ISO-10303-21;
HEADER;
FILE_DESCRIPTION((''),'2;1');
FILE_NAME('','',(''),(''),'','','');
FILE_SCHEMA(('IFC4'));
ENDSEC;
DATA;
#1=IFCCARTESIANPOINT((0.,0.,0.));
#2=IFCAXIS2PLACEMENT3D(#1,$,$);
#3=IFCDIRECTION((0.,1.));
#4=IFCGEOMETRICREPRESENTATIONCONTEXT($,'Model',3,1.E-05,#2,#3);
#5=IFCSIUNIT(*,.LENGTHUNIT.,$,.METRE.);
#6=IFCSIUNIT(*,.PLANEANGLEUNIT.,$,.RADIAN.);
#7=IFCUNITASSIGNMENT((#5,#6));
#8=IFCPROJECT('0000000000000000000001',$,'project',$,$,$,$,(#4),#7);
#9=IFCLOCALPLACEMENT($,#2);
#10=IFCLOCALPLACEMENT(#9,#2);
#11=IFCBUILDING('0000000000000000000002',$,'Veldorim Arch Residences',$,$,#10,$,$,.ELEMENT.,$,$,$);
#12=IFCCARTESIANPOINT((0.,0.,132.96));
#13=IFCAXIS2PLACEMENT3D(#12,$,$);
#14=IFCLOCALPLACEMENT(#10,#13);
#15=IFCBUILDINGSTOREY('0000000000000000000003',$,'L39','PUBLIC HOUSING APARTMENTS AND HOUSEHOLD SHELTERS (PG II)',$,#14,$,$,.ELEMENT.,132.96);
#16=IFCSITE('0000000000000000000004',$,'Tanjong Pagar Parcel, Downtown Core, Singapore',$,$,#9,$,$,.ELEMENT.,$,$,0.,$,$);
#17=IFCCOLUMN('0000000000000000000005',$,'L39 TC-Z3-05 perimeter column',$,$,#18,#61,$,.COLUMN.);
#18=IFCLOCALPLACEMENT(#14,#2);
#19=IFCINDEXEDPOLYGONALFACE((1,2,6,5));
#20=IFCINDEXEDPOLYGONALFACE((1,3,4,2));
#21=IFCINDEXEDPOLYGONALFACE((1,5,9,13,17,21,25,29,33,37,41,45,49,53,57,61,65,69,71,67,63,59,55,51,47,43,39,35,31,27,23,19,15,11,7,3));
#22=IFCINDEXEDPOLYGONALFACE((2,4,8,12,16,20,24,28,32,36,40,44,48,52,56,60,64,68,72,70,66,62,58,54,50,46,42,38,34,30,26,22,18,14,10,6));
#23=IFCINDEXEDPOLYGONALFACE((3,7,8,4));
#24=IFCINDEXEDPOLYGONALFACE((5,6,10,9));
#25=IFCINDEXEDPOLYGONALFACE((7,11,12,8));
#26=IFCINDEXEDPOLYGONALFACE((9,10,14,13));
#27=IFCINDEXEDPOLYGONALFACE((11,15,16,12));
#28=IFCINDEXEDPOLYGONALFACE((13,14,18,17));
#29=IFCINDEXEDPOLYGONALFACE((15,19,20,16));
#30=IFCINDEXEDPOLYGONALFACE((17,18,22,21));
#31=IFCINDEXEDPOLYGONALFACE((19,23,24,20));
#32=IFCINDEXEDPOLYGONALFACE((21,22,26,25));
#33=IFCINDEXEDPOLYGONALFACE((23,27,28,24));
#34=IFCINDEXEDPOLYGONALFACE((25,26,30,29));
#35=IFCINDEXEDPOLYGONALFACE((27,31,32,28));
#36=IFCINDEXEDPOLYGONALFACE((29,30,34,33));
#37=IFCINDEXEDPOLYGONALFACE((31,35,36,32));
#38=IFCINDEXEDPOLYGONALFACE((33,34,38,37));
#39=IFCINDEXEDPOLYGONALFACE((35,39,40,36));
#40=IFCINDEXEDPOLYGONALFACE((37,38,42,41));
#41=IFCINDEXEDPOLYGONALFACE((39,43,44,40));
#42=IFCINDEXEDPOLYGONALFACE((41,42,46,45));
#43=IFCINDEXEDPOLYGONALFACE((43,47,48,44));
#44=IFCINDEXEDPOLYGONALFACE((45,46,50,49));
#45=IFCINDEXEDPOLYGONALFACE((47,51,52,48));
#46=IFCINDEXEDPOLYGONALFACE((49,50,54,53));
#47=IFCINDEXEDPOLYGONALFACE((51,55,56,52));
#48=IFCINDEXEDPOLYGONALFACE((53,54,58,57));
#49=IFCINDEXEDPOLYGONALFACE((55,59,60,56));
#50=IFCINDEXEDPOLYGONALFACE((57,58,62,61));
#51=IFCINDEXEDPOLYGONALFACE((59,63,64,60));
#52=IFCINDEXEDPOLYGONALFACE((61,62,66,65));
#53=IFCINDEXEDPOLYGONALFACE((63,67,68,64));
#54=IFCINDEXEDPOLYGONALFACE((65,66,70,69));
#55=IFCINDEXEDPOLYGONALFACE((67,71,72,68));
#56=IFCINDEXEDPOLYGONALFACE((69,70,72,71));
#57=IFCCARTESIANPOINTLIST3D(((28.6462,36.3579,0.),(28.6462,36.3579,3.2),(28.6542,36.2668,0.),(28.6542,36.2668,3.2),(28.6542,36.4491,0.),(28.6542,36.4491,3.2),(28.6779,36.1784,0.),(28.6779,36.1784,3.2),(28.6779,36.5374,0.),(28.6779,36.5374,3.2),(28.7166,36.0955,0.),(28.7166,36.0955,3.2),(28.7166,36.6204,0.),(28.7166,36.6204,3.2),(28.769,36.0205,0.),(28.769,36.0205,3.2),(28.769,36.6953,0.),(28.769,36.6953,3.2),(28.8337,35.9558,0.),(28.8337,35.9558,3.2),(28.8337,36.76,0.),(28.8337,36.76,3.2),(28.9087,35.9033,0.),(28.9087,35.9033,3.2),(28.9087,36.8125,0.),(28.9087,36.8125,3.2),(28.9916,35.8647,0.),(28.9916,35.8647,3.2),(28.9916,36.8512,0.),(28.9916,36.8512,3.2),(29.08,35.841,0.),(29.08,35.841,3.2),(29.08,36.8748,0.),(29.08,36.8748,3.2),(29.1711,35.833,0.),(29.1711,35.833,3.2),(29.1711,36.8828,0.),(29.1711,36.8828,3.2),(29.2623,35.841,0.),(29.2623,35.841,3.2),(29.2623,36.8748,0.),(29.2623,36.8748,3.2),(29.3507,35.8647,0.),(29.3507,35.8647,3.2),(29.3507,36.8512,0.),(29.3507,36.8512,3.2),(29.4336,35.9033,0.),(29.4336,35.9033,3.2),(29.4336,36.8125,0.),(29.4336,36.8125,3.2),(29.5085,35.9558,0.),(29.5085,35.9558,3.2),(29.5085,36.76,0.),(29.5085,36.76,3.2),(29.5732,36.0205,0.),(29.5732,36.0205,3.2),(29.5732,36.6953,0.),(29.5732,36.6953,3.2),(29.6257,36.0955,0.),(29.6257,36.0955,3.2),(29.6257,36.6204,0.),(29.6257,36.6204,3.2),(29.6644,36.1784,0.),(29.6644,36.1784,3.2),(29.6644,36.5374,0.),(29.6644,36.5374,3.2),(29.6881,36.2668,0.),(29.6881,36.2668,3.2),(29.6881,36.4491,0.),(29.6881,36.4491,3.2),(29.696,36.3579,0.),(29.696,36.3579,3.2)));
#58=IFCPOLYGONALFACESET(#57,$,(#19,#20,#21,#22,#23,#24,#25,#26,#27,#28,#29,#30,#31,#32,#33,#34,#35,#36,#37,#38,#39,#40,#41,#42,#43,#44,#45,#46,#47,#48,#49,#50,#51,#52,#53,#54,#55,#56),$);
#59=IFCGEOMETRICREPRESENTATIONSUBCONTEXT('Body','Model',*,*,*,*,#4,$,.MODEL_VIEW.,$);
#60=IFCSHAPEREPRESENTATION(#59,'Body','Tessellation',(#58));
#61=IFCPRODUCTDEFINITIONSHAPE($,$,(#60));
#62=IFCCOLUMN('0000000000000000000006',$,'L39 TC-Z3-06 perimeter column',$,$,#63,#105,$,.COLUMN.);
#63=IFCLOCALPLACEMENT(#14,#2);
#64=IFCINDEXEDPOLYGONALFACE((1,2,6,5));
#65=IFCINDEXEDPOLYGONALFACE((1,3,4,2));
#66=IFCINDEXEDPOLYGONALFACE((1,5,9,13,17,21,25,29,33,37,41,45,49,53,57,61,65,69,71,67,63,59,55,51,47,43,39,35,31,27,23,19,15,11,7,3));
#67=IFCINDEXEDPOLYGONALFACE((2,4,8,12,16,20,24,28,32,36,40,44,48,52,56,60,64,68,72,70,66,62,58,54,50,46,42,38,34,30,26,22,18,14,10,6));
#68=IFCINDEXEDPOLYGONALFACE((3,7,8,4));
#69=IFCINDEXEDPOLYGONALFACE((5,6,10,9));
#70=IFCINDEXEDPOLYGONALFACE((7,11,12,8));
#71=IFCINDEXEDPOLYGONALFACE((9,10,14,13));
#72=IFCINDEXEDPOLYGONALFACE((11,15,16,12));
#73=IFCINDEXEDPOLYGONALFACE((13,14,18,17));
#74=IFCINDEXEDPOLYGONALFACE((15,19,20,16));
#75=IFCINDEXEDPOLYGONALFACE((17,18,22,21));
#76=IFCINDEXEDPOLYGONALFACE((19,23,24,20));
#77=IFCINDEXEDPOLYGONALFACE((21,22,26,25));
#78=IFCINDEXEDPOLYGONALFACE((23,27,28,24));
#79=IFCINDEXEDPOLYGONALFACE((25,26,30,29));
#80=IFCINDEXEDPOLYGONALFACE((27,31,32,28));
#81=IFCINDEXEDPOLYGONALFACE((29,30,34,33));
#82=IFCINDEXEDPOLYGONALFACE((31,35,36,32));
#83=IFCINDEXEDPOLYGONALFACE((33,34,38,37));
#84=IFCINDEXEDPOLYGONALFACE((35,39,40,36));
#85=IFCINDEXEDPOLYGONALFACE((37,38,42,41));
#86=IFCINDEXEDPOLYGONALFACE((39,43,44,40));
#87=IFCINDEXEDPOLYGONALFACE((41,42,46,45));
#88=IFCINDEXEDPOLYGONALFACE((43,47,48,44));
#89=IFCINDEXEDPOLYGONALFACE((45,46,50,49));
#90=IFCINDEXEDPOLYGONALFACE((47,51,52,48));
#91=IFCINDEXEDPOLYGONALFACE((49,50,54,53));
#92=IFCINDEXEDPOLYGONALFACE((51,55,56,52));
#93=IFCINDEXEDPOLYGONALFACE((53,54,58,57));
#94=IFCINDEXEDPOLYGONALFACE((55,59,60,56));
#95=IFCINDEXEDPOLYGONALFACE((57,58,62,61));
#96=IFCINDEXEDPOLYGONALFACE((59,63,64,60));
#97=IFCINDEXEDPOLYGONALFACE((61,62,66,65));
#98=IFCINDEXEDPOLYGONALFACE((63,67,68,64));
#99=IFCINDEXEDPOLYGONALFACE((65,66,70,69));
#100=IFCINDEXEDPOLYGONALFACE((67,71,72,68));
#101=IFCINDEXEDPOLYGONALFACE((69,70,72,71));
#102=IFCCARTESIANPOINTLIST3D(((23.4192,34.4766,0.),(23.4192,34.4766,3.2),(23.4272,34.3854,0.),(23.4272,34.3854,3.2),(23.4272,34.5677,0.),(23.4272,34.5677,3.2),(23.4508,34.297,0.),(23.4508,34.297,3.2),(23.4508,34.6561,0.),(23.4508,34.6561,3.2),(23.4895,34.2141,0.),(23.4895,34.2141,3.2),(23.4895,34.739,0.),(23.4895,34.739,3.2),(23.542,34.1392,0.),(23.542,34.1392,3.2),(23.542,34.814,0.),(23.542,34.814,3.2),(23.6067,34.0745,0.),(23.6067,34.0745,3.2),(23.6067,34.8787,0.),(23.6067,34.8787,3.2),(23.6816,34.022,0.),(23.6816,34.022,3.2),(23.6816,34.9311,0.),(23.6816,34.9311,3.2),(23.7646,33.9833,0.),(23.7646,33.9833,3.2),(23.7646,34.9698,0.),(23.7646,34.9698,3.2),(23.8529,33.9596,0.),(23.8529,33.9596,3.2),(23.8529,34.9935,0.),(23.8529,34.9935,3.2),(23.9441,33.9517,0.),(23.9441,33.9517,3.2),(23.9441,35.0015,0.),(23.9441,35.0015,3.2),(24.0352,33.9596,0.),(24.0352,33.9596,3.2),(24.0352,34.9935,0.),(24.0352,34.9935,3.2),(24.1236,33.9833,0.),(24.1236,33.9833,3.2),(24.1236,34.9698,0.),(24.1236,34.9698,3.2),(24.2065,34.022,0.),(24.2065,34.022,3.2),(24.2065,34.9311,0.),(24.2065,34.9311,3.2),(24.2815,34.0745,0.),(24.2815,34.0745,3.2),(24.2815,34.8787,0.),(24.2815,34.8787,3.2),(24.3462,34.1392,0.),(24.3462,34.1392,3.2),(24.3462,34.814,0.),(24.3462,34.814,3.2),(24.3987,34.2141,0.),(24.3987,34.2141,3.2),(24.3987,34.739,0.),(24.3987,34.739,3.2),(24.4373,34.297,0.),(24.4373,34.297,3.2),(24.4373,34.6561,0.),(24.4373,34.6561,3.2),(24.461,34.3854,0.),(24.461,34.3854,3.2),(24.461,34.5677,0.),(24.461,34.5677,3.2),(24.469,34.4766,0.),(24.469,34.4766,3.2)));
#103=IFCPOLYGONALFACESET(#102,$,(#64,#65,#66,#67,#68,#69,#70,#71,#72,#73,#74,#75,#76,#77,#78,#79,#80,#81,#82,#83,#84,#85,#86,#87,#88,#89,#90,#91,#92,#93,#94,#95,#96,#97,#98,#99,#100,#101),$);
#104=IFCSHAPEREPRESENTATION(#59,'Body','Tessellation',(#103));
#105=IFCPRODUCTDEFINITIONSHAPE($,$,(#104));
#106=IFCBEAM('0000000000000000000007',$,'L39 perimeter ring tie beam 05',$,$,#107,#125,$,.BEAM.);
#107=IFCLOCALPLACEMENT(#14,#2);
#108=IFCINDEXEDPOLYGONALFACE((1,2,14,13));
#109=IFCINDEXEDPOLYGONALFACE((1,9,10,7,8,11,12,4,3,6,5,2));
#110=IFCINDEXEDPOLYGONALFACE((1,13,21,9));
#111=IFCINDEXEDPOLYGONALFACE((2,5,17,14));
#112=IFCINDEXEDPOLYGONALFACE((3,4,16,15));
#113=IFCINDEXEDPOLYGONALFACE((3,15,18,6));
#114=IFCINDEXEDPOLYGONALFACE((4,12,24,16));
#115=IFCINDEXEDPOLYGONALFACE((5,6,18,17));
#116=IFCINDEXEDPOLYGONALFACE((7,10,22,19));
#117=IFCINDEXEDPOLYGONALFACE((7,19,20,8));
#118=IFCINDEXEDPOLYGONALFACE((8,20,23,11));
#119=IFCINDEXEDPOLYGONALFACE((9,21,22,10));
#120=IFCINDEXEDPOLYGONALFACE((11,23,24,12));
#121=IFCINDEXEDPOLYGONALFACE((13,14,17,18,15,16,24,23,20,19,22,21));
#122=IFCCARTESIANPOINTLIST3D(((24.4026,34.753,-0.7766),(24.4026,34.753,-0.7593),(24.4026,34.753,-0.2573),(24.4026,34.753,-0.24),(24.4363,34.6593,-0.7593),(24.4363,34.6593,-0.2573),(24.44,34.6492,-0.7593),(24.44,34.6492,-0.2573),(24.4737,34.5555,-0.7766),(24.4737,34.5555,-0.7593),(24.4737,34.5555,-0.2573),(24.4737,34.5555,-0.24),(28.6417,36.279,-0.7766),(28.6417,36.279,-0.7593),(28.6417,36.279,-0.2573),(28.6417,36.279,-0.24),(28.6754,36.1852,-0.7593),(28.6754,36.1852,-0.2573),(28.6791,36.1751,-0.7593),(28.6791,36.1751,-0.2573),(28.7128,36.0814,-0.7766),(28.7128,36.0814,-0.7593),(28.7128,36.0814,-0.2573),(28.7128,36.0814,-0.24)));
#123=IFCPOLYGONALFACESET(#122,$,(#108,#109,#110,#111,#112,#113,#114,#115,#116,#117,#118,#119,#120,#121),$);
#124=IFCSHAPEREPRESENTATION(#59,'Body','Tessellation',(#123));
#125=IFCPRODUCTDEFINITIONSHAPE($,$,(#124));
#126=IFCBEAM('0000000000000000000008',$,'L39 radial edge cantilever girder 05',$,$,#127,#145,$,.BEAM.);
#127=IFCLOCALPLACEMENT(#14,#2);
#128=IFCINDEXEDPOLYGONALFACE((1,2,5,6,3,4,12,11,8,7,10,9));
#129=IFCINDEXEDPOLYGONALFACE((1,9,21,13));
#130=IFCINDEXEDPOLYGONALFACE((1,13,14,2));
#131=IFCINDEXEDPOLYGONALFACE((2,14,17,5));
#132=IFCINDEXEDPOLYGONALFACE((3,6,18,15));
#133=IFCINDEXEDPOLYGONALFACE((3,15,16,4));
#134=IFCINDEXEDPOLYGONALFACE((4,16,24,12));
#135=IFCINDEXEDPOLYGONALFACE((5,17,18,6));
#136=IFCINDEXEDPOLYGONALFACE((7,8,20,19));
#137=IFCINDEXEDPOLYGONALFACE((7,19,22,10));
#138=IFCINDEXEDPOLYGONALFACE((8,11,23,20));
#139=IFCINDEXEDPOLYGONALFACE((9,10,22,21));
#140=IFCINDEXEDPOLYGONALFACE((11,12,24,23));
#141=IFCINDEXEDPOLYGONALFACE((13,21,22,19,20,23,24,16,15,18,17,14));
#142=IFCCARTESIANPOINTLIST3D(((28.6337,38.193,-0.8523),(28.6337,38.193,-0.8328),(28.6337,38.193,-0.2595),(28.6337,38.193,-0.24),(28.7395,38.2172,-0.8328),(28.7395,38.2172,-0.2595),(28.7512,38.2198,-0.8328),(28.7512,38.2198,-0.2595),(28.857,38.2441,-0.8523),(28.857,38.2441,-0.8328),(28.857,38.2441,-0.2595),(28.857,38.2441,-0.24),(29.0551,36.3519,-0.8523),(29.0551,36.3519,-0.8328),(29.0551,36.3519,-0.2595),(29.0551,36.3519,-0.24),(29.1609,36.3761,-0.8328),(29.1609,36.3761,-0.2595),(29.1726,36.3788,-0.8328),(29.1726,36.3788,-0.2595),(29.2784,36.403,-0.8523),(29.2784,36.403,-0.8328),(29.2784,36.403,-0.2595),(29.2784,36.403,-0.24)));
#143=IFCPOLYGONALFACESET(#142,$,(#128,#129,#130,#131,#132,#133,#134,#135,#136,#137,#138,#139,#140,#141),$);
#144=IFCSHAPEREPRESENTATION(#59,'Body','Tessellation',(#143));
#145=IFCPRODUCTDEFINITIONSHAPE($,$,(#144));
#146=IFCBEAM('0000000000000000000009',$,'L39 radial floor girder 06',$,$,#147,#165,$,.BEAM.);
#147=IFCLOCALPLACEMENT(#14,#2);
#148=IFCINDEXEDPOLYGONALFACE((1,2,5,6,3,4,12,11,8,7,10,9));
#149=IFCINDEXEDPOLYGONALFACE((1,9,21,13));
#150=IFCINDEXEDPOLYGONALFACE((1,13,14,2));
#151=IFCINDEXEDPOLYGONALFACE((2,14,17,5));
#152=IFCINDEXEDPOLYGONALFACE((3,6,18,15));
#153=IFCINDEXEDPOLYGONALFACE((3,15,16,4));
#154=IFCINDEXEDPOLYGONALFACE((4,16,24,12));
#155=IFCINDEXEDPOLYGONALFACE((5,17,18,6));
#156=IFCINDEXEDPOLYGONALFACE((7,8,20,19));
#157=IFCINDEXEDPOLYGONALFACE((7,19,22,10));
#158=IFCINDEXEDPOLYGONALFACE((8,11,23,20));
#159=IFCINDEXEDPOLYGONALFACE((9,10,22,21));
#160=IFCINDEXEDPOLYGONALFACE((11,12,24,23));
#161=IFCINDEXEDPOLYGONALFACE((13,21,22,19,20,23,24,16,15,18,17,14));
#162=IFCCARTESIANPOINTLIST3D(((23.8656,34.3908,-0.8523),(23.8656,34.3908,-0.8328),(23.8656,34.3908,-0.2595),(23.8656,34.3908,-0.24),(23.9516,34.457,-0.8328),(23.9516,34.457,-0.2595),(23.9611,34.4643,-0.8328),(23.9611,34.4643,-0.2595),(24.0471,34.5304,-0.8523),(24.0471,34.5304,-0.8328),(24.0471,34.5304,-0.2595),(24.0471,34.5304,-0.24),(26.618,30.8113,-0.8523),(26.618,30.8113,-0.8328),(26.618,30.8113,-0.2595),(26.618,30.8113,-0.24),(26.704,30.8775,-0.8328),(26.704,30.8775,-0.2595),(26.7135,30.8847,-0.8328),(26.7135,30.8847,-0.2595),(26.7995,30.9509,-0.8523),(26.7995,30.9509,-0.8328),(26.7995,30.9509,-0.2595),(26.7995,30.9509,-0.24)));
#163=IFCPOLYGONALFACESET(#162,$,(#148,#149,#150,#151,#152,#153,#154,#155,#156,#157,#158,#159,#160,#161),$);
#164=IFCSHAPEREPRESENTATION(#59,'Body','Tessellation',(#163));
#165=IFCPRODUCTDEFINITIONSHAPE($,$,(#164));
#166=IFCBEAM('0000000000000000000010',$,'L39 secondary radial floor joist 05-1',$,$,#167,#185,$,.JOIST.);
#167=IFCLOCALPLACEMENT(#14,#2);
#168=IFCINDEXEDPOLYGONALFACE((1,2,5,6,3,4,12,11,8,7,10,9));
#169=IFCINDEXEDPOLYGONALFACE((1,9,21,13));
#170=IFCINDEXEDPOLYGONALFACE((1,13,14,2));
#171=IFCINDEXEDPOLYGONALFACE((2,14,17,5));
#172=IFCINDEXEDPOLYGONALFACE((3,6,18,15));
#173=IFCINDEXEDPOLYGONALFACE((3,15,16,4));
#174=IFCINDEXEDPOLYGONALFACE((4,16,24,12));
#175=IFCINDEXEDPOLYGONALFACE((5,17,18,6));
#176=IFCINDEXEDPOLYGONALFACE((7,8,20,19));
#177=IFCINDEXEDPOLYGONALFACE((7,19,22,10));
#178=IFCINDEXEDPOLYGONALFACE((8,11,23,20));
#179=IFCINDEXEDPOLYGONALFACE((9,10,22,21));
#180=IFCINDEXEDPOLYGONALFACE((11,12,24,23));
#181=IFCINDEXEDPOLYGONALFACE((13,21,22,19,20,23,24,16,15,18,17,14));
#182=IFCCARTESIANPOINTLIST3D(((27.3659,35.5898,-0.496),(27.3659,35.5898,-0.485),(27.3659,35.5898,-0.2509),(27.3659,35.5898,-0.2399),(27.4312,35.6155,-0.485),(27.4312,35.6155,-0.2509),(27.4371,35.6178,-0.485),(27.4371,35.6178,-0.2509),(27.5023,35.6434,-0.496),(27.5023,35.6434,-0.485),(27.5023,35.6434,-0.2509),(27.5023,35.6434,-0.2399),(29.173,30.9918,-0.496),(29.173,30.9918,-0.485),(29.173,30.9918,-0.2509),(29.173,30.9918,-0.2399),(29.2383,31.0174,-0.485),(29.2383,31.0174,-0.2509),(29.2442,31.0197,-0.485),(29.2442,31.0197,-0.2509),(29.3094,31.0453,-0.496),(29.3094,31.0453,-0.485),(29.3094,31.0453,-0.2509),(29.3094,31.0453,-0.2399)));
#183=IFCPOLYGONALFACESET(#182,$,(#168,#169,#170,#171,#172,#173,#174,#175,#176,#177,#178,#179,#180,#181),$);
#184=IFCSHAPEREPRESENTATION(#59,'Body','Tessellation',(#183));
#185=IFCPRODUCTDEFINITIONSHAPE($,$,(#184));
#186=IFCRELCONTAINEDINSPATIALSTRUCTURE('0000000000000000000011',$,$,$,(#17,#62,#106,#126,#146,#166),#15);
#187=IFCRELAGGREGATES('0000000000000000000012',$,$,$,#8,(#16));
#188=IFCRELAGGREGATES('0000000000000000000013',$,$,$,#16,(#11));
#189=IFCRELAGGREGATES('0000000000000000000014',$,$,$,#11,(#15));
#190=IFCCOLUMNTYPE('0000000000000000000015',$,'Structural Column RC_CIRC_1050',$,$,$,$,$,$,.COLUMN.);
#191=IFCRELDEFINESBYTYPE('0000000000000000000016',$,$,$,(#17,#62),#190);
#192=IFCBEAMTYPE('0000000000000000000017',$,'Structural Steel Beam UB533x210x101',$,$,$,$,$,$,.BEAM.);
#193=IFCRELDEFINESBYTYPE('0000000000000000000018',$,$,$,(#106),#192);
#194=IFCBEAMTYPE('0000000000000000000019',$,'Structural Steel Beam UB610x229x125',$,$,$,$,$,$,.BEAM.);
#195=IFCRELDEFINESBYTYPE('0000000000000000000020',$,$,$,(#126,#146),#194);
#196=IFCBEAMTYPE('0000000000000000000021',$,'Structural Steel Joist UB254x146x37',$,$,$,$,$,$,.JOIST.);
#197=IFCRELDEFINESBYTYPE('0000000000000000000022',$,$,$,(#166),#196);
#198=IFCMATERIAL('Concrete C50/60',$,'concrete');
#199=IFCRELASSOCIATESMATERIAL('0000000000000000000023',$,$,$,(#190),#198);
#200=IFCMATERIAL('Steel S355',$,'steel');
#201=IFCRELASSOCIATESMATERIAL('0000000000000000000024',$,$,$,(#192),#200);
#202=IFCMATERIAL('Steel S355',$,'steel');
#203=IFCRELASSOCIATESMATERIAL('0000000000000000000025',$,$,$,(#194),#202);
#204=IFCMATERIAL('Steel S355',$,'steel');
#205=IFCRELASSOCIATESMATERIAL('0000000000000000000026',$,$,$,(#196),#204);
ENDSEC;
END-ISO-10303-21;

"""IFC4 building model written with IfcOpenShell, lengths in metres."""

from ifc_helpers import new_model, si_unit, direction, frame, origin, origin_2d, place, context, subcontext, project, spatial, circle, i_section, extrude, material, material_profile, profile_set, type_object, element, save


model = new_model("IFC4")

# Units and contexts
model_context = context("Model", 3, precision=1e-05, world=origin(), true_north=direction((0.0, 1.0)))
body_context = subcontext(model_context, "Body", "Model", "MODEL_VIEW")
ifc_project = project(units=[si_unit("LENGTHUNIT", "METRE"), si_unit("PLANEANGLEUNIT", "RADIAN")], contexts=[model_context])

# Site, building, storey
site_placement = place(None, origin())
site = spatial("IfcSite", under=ifc_project, at=site_placement, Name="Tanjong Pagar Parcel, Downtown Core, Singapore", CompositionType="ELEMENT", RefElevation=0.0)
building_placement = place(site_placement, origin())
building = spatial("IfcBuilding", under=site, at=building_placement, Name="Veldorim Arch Residences", CompositionType="ELEMENT")
storey_placement = place(building_placement, frame((0.0, 0.0, 132.96)))
storey = spatial("IfcBuildingStorey", under=building, at=storey_placement, Name="L39", Description="PUBLIC HOUSING APARTMENTS AND HOUSEHOLD SHELTERS (PG II)", CompositionType="ELEMENT", Elevation=132.96)

# Columns
ifc_material_1 = material(Name="Concrete C50/60", Category="concrete")
ifc_material_profile_1 = material_profile(ifc_material_1, circle(Radius=0.5249, at=origin_2d()), Name="RC_CIRC_1050")
ifc_profile_set_1 = profile_set([ifc_material_profile_1], Name="Concrete C50/60")
column_type = type_object("IfcColumnType", Name="Structural Column RC_CIRC_1050", PredefinedType="COLUMN", material=ifc_profile_set_1)
for number, where, z_axis, x_axis, name in (
    (1, (29.1711, 36.3579, 0.0), (0.0, 0.0, 1.0), (1.0, 0.0, 0.0), "L39 TC-Z3-05 perimeter column"),
    (2, (23.9441, 34.4766, 0.0), (0.0, 0.0, 1.0), (1.0, 0.0, 0.0), "L39 TC-Z3-06 perimeter column"),
):
    element("IfcColumn", number, at=place(storey_placement, frame(where, z_axis=z_axis, x_axis=x_axis)), inside=storey, type_object=column_type, Name=name, PredefinedType="COLUMN", context=body_context, shape_type="SweptSolid", body=[
        extrude(circle(Radius=0.5249, at=origin_2d()), origin(), (0.0, 0.0, 1.0), 3.2),
    ])

# Beams
ifc_material_2 = material(Name="Steel S355", Category="steel")
ifc_material_profile_2 = material_profile(ifc_material_2, i_section(OverallWidth=0.21, OverallDepth=0.5366, WebThickness=0.0107, FlangeThickness=0.0173, at=origin_2d()), Name="UB533x210x101")
ifc_profile_set_2 = profile_set([ifc_material_profile_2], Name="Steel S355")
beam_type_1 = type_object("IfcBeamType", Name="Structural Steel Beam UB533x210x101", PredefinedType="BEAM", material=ifc_profile_set_2)
beam_1_placement = place(storey_placement, frame((28.6772, 36.1802, -0.5083), z_axis=(-0.940899, -0.338687, 0.0), x_axis=(0.338687, -0.940899, 0.0)))
element("IfcBeam", 3, at=beam_1_placement, inside=storey, type_object=beam_type_1, Name="L39 perimeter ring tie beam 05", PredefinedType="BEAM", context=body_context, shape_type="SweptSolid", body=[
    extrude(i_section(OverallWidth=0.21, OverallDepth=0.5366, WebThickness=0.0107, FlangeThickness=0.0173, at=origin_2d()), origin(), (0.0, 0.0, 1.0), 4.5054),
])
ifc_material_3 = material(Name="Steel S355", Category="steel")
ifc_material_profile_3 = material_profile(ifc_material_3, i_section(OverallWidth=0.229, OverallDepth=0.6123, WebThickness=0.012, FlangeThickness=0.0195, at=origin_2d()), Name="UB610x229x125")
ifc_profile_set_3 = profile_set([ifc_material_profile_3], Name="Steel S355")
beam_type_2 = type_object("IfcBeamType", Name="Structural Steel Beam UB610x229x125", PredefinedType="BEAM", material=ifc_profile_set_3)
beam_2_placement = place(storey_placement, frame((29.1667, 36.3774, -0.5461), z_axis=(-0.223113, 0.974793, 0.0), x_axis=(-0.974793, -0.223113, 0.0)))
element("IfcBeam", 4, at=beam_2_placement, inside=storey, type_object=beam_type_2, Name="L39 radial edge cantilever girder 05", PredefinedType="BEAM", context=body_context, shape_type="SweptSolid", body=[
    extrude(i_section(OverallWidth=0.229, OverallDepth=0.6123, WebThickness=0.012, FlangeThickness=0.0195, at=origin_2d()), origin(), (0.0, 0.0, 1.0), 1.8887),
])
beam_3_placement = place(storey_placement, frame((26.7087, 30.8811, -0.5461), z_axis=(-0.609559, 0.792741, 0.0), x_axis=(-0.792741, -0.609559, 0.0)))
element("IfcBeam", 5, at=beam_3_placement, inside=storey, type_object=beam_type_2, Name="L39 radial floor girder 06", PredefinedType="BEAM", context=body_context, shape_type="SweptSolid", body=[
    extrude(i_section(OverallWidth=0.229, OverallDepth=0.6123, WebThickness=0.012, FlangeThickness=0.0195, at=origin_2d()), origin(), (0.0, 0.0, 1.0), 4.5154),
])
ifc_material_4 = material(Name="Steel S355", Category="steel")
ifc_material_profile_4 = material_profile(ifc_material_4, i_section(OverallWidth=0.1465, OverallDepth=0.2561, WebThickness=0.0063, FlangeThickness=0.011, at=origin_2d()), Name="UB254x146x37")
ifc_profile_set_4 = profile_set([ifc_material_profile_4], Name="Steel S355")
beam_type_3 = type_object("IfcBeamType", Name="Structural Steel Joist UB254x146x37", PredefinedType="JOIST", material=ifc_profile_set_4)
beam_4_placement = place(storey_placement, frame((29.2412, 31.0186, -0.3679), z_axis=(-0.365778, 0.930702, 0.0), x_axis=(-0.930702, -0.365778, 0.0)))
element("IfcBeam", 6, at=beam_4_placement, inside=storey, type_object=beam_type_3, Name="L39 secondary radial floor joist 05-1", PredefinedType="JOIST", context=body_context, shape_type="SweptSolid", body=[
    extrude(i_section(OverallWidth=0.1465, OverallDepth=0.2561, WebThickness=0.0063, FlangeThickness=0.011, at=origin_2d()), origin(), (0.0, 0.0, 1.0), 4.9404),
])

save(model, "model.ifc")
